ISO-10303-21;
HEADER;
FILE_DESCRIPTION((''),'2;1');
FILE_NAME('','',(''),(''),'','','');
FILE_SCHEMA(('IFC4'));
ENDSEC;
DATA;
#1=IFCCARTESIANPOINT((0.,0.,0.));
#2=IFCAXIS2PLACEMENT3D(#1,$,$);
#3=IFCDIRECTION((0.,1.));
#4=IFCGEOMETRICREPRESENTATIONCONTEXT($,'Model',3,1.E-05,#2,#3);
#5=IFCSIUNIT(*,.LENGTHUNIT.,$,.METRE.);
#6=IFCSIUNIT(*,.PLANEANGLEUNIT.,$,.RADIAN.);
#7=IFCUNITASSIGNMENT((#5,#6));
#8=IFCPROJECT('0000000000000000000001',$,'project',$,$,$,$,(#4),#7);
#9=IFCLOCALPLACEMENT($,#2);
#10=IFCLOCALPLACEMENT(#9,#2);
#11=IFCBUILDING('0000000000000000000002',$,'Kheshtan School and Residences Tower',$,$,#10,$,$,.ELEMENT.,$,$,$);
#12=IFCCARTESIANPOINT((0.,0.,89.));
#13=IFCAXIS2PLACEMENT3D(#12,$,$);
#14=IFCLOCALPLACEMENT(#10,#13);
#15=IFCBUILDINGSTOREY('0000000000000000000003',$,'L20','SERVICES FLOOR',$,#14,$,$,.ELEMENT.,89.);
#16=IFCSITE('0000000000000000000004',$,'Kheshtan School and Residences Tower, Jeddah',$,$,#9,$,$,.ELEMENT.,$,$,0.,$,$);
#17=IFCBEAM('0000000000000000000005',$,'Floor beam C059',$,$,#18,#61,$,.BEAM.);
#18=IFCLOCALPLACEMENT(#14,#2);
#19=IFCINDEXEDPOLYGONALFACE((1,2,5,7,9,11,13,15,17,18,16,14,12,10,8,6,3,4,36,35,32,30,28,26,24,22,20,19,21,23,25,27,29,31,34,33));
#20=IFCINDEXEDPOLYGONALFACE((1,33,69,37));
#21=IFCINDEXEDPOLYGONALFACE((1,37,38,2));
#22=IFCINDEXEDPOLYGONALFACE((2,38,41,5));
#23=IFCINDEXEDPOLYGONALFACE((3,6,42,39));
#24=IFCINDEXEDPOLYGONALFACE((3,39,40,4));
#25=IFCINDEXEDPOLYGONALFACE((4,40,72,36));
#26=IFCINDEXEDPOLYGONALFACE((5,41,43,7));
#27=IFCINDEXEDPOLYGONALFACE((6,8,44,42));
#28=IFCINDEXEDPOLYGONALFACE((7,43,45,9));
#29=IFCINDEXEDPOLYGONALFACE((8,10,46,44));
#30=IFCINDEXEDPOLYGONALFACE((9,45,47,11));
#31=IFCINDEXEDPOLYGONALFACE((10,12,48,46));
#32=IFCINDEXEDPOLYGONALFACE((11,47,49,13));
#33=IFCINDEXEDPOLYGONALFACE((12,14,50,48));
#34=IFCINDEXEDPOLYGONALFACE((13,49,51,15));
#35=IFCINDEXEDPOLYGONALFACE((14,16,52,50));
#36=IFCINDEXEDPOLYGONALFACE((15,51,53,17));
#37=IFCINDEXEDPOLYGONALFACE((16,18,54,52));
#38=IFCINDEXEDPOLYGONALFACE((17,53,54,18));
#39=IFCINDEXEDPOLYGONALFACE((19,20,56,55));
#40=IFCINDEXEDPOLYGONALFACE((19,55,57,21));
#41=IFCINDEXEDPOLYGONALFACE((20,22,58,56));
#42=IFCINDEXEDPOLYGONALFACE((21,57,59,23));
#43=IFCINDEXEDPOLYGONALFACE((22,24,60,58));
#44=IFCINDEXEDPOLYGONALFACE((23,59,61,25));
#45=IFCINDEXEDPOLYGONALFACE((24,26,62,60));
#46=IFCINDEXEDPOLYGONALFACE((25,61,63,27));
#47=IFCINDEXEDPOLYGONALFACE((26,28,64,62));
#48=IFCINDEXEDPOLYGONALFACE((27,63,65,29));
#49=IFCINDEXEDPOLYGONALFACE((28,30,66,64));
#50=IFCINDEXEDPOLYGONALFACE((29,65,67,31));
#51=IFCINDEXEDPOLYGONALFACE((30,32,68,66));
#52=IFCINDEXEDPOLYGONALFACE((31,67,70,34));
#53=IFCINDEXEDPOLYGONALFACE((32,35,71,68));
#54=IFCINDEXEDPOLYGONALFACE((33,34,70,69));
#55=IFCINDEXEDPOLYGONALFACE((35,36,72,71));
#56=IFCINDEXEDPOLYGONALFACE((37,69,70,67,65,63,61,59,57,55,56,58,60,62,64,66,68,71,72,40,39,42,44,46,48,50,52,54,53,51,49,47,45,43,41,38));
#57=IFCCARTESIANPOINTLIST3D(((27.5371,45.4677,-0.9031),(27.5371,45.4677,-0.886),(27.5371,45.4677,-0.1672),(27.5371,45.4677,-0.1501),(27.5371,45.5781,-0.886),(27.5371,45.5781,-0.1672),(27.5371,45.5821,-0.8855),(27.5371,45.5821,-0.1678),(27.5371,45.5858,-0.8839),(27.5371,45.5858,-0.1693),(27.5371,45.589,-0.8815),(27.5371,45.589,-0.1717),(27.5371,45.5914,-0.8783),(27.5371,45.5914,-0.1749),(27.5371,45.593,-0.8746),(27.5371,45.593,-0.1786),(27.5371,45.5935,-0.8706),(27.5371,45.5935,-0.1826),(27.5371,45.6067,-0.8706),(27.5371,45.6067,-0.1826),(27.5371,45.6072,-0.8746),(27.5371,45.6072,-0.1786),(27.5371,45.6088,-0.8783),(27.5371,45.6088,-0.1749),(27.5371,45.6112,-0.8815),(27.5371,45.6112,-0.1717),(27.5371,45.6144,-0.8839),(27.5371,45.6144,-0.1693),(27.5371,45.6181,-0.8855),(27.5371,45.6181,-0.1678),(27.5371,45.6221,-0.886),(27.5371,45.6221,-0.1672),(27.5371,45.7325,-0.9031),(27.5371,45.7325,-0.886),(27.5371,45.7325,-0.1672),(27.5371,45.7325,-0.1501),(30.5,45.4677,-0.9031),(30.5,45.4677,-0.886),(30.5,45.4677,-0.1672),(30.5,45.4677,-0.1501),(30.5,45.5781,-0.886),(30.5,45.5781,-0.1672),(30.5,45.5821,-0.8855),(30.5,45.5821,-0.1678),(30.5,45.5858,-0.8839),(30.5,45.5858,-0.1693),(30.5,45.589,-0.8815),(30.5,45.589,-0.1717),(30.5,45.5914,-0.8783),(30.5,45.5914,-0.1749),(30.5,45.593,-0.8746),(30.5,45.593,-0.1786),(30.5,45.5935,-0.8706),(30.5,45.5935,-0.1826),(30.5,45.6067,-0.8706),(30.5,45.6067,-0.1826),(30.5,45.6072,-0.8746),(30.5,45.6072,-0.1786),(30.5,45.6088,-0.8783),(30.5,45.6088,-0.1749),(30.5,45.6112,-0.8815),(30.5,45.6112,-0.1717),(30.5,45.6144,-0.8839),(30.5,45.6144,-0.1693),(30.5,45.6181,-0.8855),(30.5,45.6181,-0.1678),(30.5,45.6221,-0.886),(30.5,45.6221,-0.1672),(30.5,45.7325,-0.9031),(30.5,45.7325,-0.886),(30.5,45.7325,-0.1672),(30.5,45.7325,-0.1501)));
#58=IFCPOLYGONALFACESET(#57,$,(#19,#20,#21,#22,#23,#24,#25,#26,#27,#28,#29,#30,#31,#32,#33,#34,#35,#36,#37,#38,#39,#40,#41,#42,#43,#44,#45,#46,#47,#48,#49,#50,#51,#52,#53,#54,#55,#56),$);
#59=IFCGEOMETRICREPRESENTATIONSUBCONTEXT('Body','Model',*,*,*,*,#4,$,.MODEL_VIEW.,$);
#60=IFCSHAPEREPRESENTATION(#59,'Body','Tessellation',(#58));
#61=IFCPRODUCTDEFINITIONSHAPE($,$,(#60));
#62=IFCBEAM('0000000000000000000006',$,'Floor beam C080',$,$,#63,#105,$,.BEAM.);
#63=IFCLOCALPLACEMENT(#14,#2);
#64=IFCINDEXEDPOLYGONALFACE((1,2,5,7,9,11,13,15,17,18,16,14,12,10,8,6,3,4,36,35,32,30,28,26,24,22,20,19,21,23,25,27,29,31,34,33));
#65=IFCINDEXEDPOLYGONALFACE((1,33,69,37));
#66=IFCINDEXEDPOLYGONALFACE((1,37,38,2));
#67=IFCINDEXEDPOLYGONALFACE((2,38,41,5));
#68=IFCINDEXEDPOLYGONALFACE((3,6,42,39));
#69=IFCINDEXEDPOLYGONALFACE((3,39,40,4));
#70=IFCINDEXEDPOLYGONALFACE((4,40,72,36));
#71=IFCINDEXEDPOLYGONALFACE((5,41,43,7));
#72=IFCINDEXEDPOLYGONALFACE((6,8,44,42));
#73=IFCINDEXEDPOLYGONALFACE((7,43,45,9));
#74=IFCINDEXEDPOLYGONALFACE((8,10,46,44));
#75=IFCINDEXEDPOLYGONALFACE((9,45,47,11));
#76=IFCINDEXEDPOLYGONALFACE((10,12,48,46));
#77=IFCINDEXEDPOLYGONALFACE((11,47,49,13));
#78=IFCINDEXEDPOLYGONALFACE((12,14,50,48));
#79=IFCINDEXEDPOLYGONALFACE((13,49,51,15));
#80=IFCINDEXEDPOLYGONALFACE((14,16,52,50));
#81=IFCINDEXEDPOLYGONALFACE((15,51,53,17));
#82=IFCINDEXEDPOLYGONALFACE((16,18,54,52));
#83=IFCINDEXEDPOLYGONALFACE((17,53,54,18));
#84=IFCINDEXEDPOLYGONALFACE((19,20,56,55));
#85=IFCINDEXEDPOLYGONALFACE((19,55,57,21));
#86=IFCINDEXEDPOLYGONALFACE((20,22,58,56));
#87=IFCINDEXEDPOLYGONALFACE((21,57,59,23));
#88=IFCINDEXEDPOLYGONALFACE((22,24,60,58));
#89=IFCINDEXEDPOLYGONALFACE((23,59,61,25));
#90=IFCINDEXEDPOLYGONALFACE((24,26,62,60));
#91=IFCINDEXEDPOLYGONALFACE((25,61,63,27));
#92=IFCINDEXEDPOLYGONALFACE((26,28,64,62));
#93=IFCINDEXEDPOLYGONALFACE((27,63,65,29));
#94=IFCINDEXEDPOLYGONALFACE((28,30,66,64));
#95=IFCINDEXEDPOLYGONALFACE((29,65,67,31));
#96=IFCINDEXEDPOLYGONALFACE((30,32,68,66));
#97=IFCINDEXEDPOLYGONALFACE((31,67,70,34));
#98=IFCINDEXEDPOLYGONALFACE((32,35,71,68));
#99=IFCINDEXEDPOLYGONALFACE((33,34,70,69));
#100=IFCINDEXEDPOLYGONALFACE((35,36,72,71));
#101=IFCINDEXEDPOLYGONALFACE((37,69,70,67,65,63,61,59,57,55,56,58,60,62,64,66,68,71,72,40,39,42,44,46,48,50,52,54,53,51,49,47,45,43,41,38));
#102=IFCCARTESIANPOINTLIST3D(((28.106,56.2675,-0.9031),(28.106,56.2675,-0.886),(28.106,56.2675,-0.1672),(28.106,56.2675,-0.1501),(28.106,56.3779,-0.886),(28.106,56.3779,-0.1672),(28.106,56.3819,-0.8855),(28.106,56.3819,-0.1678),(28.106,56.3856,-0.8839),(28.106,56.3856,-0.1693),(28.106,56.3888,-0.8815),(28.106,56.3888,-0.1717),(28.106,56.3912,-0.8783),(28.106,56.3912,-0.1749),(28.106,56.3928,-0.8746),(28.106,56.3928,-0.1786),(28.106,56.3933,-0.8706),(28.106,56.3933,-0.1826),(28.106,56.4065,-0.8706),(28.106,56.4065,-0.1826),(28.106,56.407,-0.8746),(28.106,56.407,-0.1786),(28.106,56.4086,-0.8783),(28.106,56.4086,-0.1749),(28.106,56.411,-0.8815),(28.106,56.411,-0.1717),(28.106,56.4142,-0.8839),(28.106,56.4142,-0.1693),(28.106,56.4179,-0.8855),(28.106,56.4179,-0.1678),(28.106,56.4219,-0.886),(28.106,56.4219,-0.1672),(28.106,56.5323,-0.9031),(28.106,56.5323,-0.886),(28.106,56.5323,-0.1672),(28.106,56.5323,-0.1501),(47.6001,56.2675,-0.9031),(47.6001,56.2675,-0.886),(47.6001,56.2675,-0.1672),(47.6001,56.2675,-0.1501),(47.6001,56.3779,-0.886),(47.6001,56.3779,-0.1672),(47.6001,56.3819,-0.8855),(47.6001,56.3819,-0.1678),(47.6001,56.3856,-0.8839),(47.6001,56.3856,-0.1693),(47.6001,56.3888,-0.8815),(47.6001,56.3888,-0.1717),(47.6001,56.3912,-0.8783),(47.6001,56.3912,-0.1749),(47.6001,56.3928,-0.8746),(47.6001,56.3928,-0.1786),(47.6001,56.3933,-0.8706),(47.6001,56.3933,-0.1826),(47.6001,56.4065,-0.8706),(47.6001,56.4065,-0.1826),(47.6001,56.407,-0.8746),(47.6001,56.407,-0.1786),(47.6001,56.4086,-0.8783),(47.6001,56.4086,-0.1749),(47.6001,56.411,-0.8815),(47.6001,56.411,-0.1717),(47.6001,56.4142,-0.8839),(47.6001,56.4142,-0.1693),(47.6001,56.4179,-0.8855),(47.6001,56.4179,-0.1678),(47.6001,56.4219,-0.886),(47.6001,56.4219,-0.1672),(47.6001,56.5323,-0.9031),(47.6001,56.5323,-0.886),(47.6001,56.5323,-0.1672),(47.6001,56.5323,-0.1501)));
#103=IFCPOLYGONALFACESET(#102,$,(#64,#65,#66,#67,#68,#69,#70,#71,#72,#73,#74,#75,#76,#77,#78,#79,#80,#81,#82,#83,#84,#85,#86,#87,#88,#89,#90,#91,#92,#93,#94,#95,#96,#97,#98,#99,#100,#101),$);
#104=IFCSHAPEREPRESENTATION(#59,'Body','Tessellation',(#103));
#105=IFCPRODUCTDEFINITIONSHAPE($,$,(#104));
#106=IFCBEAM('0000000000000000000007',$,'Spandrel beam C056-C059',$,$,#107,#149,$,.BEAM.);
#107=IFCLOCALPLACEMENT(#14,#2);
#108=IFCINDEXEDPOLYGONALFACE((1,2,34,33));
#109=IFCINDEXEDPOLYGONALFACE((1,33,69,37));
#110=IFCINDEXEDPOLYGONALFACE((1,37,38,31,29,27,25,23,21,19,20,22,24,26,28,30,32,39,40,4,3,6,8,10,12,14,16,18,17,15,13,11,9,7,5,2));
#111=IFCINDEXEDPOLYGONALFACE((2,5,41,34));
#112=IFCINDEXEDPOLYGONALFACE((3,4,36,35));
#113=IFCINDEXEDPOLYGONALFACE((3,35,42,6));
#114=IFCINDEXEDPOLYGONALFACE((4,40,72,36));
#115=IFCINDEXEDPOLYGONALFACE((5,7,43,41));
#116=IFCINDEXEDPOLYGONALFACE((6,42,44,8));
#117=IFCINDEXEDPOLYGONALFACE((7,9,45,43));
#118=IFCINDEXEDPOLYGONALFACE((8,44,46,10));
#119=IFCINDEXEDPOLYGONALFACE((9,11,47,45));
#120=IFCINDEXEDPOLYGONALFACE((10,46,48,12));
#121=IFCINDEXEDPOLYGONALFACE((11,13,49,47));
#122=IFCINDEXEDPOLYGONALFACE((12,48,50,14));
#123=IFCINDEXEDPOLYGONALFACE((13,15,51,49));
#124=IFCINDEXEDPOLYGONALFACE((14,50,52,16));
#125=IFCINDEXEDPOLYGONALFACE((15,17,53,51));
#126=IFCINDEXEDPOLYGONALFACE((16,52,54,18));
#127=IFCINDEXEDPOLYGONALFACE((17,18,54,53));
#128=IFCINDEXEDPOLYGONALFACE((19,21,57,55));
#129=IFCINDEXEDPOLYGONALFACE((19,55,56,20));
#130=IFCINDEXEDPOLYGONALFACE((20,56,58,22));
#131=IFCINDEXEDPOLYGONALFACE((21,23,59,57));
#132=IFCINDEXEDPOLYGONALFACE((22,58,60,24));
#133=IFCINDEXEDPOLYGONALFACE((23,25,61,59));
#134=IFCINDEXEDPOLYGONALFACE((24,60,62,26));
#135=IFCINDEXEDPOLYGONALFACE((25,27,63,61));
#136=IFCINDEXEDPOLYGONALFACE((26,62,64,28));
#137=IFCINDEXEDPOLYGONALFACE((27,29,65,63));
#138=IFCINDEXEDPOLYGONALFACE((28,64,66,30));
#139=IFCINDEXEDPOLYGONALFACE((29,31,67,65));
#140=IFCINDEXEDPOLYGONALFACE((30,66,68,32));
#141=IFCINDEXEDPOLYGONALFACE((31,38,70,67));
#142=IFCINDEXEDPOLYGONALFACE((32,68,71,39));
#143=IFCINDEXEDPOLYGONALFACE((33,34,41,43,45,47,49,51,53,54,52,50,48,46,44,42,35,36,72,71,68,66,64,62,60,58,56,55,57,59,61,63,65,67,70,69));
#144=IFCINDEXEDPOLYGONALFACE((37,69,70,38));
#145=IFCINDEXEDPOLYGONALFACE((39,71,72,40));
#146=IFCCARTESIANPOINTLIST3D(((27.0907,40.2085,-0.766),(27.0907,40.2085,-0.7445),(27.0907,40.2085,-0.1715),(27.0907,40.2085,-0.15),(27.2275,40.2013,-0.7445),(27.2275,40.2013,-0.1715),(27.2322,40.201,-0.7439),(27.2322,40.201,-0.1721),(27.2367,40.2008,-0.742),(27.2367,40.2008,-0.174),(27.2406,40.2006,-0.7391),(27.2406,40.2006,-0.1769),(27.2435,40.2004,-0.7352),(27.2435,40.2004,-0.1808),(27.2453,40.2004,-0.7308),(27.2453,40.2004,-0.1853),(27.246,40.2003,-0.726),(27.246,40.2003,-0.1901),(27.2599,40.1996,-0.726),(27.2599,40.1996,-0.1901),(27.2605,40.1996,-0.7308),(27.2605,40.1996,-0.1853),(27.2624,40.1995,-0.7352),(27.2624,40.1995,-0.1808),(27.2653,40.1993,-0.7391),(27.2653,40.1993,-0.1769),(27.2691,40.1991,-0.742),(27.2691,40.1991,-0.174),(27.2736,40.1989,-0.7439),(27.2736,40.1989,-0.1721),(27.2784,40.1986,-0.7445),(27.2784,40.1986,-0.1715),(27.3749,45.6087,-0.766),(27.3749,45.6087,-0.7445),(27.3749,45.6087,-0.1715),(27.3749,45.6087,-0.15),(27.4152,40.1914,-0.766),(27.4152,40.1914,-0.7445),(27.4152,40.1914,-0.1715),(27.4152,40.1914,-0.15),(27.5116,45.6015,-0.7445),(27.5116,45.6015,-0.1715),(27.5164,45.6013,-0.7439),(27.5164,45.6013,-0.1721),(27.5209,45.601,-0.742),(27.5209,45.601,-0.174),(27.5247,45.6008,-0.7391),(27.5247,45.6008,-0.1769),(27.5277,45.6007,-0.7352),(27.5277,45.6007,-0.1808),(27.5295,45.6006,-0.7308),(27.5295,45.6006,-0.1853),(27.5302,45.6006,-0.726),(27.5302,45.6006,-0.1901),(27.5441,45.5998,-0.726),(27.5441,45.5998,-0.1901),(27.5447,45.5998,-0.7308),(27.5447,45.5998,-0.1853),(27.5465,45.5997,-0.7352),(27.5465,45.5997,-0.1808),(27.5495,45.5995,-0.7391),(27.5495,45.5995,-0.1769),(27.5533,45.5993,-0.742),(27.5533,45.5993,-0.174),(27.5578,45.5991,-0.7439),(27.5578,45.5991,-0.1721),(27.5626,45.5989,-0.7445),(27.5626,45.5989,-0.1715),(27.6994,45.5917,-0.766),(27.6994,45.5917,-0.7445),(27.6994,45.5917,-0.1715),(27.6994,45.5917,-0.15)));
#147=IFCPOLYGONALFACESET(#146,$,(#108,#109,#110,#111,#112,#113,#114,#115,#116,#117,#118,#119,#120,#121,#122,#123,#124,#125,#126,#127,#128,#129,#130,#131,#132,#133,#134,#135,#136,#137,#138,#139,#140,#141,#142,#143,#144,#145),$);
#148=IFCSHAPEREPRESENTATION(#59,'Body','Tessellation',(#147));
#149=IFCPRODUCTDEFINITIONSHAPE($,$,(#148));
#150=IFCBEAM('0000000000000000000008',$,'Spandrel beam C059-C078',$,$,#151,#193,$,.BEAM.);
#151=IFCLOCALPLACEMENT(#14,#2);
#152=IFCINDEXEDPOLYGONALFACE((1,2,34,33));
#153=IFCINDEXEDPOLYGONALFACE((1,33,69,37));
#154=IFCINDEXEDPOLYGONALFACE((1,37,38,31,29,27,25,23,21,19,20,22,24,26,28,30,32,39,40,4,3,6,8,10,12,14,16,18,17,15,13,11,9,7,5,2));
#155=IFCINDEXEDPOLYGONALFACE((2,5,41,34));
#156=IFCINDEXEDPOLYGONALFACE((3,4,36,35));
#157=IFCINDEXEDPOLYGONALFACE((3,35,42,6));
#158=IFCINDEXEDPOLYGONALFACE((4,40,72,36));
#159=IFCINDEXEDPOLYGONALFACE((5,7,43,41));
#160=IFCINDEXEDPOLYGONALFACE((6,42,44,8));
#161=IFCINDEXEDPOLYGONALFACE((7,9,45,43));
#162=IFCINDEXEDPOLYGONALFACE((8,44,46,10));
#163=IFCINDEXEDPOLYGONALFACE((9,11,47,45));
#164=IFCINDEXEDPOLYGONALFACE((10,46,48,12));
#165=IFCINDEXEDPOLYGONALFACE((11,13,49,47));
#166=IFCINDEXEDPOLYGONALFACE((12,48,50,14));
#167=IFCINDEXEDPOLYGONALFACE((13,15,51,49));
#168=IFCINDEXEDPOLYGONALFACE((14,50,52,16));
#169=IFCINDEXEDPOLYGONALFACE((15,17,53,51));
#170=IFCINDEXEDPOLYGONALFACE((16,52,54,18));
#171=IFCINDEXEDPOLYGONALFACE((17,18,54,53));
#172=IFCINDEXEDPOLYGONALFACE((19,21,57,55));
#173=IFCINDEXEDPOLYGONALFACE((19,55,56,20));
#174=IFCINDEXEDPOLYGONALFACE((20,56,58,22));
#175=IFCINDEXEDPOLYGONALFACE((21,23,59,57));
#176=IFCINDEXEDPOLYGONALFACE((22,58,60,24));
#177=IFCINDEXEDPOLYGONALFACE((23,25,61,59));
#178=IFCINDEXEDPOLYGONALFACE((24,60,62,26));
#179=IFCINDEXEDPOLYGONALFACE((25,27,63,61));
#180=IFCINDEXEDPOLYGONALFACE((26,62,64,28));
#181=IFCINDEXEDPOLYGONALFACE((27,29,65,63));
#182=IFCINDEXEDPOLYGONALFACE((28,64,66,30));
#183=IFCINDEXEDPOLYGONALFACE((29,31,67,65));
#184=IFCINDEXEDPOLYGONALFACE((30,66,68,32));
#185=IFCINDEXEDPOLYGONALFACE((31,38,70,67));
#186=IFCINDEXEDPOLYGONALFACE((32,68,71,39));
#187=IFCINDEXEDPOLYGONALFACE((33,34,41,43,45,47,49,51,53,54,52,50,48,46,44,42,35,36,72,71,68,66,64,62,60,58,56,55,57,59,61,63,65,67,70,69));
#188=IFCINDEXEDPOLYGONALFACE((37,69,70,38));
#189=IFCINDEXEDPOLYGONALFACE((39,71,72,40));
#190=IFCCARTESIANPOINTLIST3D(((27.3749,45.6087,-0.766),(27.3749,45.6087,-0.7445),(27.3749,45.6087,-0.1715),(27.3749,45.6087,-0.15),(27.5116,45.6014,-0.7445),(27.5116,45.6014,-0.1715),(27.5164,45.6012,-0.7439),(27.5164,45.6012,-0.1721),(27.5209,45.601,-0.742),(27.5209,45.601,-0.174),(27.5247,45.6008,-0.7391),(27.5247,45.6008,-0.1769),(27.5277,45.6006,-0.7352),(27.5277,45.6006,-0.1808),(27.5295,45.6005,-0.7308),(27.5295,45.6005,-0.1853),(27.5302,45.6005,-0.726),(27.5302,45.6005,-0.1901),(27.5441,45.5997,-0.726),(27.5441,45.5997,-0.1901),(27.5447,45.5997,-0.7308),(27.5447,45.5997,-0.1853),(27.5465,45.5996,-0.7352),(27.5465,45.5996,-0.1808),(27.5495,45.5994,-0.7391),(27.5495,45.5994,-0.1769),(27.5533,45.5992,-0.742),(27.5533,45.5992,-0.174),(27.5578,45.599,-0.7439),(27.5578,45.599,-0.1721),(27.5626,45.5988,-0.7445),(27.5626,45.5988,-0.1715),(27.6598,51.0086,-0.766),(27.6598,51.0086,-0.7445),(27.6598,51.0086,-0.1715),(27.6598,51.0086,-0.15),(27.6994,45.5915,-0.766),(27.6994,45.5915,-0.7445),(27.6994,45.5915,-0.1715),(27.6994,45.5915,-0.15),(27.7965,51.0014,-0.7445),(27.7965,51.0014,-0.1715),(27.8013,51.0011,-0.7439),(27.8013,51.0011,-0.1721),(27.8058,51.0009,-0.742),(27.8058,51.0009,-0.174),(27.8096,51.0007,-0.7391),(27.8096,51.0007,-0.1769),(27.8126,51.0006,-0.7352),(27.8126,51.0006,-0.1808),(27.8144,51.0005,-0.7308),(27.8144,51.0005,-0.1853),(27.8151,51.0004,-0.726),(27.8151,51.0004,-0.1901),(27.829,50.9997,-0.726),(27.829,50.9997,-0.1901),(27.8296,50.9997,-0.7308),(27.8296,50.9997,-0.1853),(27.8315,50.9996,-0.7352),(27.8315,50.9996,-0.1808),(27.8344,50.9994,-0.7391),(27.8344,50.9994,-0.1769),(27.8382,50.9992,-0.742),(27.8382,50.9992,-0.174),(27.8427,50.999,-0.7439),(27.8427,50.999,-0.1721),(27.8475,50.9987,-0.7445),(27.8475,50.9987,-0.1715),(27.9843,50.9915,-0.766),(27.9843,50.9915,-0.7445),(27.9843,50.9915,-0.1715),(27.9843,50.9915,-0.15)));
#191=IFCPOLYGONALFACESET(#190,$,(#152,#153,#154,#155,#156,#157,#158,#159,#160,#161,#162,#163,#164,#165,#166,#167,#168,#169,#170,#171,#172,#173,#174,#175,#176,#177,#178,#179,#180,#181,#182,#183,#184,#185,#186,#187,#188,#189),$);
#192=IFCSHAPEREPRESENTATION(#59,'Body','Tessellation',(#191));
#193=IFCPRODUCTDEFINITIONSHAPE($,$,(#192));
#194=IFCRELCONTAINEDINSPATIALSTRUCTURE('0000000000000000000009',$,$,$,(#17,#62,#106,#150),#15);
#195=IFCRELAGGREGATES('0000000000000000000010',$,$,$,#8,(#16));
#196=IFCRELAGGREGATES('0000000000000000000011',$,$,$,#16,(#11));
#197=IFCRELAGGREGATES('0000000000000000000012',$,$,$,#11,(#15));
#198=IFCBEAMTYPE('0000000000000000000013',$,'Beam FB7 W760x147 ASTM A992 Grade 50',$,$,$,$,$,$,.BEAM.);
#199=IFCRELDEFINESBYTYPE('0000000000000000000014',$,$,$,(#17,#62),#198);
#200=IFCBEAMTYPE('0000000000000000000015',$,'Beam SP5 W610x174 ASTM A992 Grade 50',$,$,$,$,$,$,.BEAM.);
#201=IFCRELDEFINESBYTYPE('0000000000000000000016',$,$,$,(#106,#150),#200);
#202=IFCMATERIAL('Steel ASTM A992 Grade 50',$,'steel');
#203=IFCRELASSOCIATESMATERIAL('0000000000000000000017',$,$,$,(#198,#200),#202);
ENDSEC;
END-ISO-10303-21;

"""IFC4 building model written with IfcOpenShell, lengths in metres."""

from ifc_helpers import new_model, si_unit, direction, frame, origin, origin_2d, place, context, subcontext, project, spatial, i_section, extrude, material, material_profile, profile_set, type_object, element, save


model = new_model("IFC4")

# Units and contexts
model_context = context("Model", 3, precision=1e-05, world=origin(), true_north=direction((0.0, 1.0)))
body_context = subcontext(model_context, "Body", "Model", "MODEL_VIEW")
ifc_project = project(units=[si_unit("LENGTHUNIT", "METRE"), si_unit("PLANEANGLEUNIT", "RADIAN")], contexts=[model_context])

# Site, building, storey
site_placement = place(None, origin())
site = spatial("IfcSite", under=ifc_project, at=site_placement, Name="Kheshtan School and Residences Tower, Jeddah", CompositionType="ELEMENT", RefElevation=0.0)
building_placement = place(site_placement, origin())
building = spatial("IfcBuilding", under=site, at=building_placement, Name="Kheshtan School and Residences Tower", CompositionType="ELEMENT")
storey_placement = place(building_placement, frame((0.0, 0.0, 89.0)))
storey = spatial("IfcBuildingStorey", under=building, at=storey_placement, Name="L20", Description="SERVICES FLOOR", CompositionType="ELEMENT", Elevation=89.0)

# Shared definitions
ifc_material_1 = material(Name="Steel ASTM A992 Grade 50", Category="steel")

# Beams
ifc_material_profile_1 = material_profile(ifc_material_1, i_section(OverallWidth=0.2649, OverallDepth=0.7529, WebThickness=0.0132, FlangeThickness=0.0171, FilletRadius=0.0154, at=origin_2d()), Name="W760x147")
ifc_profile_set_1 = profile_set([ifc_material_profile_1], Name="Steel ASTM A992 Grade 50")
beam_type_1 = type_object("IfcBeamType", Name="Beam FB7 W760x147 ASTM A992 Grade 50", PredefinedType="BEAM", material=ifc_profile_set_1)
beam_1_placement = place(storey_placement, frame((27.5371, 45.6001, -0.5266), z_axis=(1.0, 0.0, 0.0), x_axis=(0.0, 1.0, 0.0)))
element("IfcBeam", 1, at=beam_1_placement, inside=storey, type_object=beam_type_1, Name="Floor beam C059", PredefinedType="BEAM", context=body_context, shape_type="SweptSolid", body=[
    extrude(i_section(OverallWidth=0.2649, OverallDepth=0.7529, WebThickness=0.0132, FlangeThickness=0.0171, FilletRadius=0.0154, at=origin_2d()), origin(), (0.0, 0.0, 1.0), 2.9629),
])
beam_2_placement = place(storey_placement, frame((28.106, 56.3999, -0.5266), z_axis=(1.0, 0.0, 0.0), x_axis=(0.0, 1.0, 0.0)))
element("IfcBeam", 2, at=beam_2_placement, inside=storey, type_object=beam_type_1, Name="Floor beam C080", PredefinedType="BEAM", context=body_context, shape_type="SweptSolid", body=[
    extrude(i_section(OverallWidth=0.2649, OverallDepth=0.7529, WebThickness=0.0132, FlangeThickness=0.0171, FilletRadius=0.0154, at=origin_2d()), origin(), (0.0, 0.0, 1.0), 19.4941),
])
ifc_material_profile_2 = material_profile(ifc_material_1, i_section(OverallWidth=0.325, OverallDepth=0.616, WebThickness=0.0139, FlangeThickness=0.0215, FilletRadius=0.0186, at=origin_2d()), Name="W610x174")
ifc_profile_set_2 = profile_set([ifc_material_profile_2], Name="Steel ASTM A992 Grade 50")
beam_type_2 = type_object("IfcBeamType", Name="Beam SP5 W610x174 ASTM A992 Grade 50", PredefinedType="BEAM", material=ifc_profile_set_2)
beam_3_placement = place(storey_placement, frame((27.2529, 40.2, -0.458), z_axis=(0.052552, 0.998618, 0.0), x_axis=(-0.998618, 0.052552, 0.0)))
element("IfcBeam", 3, at=beam_3_placement, inside=storey, type_object=beam_type_2, Name="Spandrel beam C056-C059", PredefinedType="BEAM", context=body_context, shape_type="SweptSolid", body=[
    extrude(i_section(OverallWidth=0.325, OverallDepth=0.616, WebThickness=0.0139, FlangeThickness=0.0215, FilletRadius=0.0186, at=origin_2d()), origin(), (0.0, 0.0, 1.0), 5.4077),
])
for number, where, z_axis, x_axis, name in (
    (4, (27.5371, 45.6001, -0.458), (0.052689, 0.998611, 0.0), (-0.998611, 0.052689, 0.0), "Spandrel beam C059-C078"),
):
    element("IfcBeam", number, at=place(storey_placement, frame(where, z_axis=z_axis, x_axis=x_axis)), inside=storey, type_object=beam_type_2, Name=name, PredefinedType="BEAM", context=body_context, shape_type="SweptSolid", body=[
        extrude(i_section(OverallWidth=0.325, OverallDepth=0.616, WebThickness=0.0139, FlangeThickness=0.0215, FilletRadius=0.0186, at=origin_2d()), origin(), (0.0, 0.0, 1.0), 5.4075),
    ])

save(model, "model.ifc")
